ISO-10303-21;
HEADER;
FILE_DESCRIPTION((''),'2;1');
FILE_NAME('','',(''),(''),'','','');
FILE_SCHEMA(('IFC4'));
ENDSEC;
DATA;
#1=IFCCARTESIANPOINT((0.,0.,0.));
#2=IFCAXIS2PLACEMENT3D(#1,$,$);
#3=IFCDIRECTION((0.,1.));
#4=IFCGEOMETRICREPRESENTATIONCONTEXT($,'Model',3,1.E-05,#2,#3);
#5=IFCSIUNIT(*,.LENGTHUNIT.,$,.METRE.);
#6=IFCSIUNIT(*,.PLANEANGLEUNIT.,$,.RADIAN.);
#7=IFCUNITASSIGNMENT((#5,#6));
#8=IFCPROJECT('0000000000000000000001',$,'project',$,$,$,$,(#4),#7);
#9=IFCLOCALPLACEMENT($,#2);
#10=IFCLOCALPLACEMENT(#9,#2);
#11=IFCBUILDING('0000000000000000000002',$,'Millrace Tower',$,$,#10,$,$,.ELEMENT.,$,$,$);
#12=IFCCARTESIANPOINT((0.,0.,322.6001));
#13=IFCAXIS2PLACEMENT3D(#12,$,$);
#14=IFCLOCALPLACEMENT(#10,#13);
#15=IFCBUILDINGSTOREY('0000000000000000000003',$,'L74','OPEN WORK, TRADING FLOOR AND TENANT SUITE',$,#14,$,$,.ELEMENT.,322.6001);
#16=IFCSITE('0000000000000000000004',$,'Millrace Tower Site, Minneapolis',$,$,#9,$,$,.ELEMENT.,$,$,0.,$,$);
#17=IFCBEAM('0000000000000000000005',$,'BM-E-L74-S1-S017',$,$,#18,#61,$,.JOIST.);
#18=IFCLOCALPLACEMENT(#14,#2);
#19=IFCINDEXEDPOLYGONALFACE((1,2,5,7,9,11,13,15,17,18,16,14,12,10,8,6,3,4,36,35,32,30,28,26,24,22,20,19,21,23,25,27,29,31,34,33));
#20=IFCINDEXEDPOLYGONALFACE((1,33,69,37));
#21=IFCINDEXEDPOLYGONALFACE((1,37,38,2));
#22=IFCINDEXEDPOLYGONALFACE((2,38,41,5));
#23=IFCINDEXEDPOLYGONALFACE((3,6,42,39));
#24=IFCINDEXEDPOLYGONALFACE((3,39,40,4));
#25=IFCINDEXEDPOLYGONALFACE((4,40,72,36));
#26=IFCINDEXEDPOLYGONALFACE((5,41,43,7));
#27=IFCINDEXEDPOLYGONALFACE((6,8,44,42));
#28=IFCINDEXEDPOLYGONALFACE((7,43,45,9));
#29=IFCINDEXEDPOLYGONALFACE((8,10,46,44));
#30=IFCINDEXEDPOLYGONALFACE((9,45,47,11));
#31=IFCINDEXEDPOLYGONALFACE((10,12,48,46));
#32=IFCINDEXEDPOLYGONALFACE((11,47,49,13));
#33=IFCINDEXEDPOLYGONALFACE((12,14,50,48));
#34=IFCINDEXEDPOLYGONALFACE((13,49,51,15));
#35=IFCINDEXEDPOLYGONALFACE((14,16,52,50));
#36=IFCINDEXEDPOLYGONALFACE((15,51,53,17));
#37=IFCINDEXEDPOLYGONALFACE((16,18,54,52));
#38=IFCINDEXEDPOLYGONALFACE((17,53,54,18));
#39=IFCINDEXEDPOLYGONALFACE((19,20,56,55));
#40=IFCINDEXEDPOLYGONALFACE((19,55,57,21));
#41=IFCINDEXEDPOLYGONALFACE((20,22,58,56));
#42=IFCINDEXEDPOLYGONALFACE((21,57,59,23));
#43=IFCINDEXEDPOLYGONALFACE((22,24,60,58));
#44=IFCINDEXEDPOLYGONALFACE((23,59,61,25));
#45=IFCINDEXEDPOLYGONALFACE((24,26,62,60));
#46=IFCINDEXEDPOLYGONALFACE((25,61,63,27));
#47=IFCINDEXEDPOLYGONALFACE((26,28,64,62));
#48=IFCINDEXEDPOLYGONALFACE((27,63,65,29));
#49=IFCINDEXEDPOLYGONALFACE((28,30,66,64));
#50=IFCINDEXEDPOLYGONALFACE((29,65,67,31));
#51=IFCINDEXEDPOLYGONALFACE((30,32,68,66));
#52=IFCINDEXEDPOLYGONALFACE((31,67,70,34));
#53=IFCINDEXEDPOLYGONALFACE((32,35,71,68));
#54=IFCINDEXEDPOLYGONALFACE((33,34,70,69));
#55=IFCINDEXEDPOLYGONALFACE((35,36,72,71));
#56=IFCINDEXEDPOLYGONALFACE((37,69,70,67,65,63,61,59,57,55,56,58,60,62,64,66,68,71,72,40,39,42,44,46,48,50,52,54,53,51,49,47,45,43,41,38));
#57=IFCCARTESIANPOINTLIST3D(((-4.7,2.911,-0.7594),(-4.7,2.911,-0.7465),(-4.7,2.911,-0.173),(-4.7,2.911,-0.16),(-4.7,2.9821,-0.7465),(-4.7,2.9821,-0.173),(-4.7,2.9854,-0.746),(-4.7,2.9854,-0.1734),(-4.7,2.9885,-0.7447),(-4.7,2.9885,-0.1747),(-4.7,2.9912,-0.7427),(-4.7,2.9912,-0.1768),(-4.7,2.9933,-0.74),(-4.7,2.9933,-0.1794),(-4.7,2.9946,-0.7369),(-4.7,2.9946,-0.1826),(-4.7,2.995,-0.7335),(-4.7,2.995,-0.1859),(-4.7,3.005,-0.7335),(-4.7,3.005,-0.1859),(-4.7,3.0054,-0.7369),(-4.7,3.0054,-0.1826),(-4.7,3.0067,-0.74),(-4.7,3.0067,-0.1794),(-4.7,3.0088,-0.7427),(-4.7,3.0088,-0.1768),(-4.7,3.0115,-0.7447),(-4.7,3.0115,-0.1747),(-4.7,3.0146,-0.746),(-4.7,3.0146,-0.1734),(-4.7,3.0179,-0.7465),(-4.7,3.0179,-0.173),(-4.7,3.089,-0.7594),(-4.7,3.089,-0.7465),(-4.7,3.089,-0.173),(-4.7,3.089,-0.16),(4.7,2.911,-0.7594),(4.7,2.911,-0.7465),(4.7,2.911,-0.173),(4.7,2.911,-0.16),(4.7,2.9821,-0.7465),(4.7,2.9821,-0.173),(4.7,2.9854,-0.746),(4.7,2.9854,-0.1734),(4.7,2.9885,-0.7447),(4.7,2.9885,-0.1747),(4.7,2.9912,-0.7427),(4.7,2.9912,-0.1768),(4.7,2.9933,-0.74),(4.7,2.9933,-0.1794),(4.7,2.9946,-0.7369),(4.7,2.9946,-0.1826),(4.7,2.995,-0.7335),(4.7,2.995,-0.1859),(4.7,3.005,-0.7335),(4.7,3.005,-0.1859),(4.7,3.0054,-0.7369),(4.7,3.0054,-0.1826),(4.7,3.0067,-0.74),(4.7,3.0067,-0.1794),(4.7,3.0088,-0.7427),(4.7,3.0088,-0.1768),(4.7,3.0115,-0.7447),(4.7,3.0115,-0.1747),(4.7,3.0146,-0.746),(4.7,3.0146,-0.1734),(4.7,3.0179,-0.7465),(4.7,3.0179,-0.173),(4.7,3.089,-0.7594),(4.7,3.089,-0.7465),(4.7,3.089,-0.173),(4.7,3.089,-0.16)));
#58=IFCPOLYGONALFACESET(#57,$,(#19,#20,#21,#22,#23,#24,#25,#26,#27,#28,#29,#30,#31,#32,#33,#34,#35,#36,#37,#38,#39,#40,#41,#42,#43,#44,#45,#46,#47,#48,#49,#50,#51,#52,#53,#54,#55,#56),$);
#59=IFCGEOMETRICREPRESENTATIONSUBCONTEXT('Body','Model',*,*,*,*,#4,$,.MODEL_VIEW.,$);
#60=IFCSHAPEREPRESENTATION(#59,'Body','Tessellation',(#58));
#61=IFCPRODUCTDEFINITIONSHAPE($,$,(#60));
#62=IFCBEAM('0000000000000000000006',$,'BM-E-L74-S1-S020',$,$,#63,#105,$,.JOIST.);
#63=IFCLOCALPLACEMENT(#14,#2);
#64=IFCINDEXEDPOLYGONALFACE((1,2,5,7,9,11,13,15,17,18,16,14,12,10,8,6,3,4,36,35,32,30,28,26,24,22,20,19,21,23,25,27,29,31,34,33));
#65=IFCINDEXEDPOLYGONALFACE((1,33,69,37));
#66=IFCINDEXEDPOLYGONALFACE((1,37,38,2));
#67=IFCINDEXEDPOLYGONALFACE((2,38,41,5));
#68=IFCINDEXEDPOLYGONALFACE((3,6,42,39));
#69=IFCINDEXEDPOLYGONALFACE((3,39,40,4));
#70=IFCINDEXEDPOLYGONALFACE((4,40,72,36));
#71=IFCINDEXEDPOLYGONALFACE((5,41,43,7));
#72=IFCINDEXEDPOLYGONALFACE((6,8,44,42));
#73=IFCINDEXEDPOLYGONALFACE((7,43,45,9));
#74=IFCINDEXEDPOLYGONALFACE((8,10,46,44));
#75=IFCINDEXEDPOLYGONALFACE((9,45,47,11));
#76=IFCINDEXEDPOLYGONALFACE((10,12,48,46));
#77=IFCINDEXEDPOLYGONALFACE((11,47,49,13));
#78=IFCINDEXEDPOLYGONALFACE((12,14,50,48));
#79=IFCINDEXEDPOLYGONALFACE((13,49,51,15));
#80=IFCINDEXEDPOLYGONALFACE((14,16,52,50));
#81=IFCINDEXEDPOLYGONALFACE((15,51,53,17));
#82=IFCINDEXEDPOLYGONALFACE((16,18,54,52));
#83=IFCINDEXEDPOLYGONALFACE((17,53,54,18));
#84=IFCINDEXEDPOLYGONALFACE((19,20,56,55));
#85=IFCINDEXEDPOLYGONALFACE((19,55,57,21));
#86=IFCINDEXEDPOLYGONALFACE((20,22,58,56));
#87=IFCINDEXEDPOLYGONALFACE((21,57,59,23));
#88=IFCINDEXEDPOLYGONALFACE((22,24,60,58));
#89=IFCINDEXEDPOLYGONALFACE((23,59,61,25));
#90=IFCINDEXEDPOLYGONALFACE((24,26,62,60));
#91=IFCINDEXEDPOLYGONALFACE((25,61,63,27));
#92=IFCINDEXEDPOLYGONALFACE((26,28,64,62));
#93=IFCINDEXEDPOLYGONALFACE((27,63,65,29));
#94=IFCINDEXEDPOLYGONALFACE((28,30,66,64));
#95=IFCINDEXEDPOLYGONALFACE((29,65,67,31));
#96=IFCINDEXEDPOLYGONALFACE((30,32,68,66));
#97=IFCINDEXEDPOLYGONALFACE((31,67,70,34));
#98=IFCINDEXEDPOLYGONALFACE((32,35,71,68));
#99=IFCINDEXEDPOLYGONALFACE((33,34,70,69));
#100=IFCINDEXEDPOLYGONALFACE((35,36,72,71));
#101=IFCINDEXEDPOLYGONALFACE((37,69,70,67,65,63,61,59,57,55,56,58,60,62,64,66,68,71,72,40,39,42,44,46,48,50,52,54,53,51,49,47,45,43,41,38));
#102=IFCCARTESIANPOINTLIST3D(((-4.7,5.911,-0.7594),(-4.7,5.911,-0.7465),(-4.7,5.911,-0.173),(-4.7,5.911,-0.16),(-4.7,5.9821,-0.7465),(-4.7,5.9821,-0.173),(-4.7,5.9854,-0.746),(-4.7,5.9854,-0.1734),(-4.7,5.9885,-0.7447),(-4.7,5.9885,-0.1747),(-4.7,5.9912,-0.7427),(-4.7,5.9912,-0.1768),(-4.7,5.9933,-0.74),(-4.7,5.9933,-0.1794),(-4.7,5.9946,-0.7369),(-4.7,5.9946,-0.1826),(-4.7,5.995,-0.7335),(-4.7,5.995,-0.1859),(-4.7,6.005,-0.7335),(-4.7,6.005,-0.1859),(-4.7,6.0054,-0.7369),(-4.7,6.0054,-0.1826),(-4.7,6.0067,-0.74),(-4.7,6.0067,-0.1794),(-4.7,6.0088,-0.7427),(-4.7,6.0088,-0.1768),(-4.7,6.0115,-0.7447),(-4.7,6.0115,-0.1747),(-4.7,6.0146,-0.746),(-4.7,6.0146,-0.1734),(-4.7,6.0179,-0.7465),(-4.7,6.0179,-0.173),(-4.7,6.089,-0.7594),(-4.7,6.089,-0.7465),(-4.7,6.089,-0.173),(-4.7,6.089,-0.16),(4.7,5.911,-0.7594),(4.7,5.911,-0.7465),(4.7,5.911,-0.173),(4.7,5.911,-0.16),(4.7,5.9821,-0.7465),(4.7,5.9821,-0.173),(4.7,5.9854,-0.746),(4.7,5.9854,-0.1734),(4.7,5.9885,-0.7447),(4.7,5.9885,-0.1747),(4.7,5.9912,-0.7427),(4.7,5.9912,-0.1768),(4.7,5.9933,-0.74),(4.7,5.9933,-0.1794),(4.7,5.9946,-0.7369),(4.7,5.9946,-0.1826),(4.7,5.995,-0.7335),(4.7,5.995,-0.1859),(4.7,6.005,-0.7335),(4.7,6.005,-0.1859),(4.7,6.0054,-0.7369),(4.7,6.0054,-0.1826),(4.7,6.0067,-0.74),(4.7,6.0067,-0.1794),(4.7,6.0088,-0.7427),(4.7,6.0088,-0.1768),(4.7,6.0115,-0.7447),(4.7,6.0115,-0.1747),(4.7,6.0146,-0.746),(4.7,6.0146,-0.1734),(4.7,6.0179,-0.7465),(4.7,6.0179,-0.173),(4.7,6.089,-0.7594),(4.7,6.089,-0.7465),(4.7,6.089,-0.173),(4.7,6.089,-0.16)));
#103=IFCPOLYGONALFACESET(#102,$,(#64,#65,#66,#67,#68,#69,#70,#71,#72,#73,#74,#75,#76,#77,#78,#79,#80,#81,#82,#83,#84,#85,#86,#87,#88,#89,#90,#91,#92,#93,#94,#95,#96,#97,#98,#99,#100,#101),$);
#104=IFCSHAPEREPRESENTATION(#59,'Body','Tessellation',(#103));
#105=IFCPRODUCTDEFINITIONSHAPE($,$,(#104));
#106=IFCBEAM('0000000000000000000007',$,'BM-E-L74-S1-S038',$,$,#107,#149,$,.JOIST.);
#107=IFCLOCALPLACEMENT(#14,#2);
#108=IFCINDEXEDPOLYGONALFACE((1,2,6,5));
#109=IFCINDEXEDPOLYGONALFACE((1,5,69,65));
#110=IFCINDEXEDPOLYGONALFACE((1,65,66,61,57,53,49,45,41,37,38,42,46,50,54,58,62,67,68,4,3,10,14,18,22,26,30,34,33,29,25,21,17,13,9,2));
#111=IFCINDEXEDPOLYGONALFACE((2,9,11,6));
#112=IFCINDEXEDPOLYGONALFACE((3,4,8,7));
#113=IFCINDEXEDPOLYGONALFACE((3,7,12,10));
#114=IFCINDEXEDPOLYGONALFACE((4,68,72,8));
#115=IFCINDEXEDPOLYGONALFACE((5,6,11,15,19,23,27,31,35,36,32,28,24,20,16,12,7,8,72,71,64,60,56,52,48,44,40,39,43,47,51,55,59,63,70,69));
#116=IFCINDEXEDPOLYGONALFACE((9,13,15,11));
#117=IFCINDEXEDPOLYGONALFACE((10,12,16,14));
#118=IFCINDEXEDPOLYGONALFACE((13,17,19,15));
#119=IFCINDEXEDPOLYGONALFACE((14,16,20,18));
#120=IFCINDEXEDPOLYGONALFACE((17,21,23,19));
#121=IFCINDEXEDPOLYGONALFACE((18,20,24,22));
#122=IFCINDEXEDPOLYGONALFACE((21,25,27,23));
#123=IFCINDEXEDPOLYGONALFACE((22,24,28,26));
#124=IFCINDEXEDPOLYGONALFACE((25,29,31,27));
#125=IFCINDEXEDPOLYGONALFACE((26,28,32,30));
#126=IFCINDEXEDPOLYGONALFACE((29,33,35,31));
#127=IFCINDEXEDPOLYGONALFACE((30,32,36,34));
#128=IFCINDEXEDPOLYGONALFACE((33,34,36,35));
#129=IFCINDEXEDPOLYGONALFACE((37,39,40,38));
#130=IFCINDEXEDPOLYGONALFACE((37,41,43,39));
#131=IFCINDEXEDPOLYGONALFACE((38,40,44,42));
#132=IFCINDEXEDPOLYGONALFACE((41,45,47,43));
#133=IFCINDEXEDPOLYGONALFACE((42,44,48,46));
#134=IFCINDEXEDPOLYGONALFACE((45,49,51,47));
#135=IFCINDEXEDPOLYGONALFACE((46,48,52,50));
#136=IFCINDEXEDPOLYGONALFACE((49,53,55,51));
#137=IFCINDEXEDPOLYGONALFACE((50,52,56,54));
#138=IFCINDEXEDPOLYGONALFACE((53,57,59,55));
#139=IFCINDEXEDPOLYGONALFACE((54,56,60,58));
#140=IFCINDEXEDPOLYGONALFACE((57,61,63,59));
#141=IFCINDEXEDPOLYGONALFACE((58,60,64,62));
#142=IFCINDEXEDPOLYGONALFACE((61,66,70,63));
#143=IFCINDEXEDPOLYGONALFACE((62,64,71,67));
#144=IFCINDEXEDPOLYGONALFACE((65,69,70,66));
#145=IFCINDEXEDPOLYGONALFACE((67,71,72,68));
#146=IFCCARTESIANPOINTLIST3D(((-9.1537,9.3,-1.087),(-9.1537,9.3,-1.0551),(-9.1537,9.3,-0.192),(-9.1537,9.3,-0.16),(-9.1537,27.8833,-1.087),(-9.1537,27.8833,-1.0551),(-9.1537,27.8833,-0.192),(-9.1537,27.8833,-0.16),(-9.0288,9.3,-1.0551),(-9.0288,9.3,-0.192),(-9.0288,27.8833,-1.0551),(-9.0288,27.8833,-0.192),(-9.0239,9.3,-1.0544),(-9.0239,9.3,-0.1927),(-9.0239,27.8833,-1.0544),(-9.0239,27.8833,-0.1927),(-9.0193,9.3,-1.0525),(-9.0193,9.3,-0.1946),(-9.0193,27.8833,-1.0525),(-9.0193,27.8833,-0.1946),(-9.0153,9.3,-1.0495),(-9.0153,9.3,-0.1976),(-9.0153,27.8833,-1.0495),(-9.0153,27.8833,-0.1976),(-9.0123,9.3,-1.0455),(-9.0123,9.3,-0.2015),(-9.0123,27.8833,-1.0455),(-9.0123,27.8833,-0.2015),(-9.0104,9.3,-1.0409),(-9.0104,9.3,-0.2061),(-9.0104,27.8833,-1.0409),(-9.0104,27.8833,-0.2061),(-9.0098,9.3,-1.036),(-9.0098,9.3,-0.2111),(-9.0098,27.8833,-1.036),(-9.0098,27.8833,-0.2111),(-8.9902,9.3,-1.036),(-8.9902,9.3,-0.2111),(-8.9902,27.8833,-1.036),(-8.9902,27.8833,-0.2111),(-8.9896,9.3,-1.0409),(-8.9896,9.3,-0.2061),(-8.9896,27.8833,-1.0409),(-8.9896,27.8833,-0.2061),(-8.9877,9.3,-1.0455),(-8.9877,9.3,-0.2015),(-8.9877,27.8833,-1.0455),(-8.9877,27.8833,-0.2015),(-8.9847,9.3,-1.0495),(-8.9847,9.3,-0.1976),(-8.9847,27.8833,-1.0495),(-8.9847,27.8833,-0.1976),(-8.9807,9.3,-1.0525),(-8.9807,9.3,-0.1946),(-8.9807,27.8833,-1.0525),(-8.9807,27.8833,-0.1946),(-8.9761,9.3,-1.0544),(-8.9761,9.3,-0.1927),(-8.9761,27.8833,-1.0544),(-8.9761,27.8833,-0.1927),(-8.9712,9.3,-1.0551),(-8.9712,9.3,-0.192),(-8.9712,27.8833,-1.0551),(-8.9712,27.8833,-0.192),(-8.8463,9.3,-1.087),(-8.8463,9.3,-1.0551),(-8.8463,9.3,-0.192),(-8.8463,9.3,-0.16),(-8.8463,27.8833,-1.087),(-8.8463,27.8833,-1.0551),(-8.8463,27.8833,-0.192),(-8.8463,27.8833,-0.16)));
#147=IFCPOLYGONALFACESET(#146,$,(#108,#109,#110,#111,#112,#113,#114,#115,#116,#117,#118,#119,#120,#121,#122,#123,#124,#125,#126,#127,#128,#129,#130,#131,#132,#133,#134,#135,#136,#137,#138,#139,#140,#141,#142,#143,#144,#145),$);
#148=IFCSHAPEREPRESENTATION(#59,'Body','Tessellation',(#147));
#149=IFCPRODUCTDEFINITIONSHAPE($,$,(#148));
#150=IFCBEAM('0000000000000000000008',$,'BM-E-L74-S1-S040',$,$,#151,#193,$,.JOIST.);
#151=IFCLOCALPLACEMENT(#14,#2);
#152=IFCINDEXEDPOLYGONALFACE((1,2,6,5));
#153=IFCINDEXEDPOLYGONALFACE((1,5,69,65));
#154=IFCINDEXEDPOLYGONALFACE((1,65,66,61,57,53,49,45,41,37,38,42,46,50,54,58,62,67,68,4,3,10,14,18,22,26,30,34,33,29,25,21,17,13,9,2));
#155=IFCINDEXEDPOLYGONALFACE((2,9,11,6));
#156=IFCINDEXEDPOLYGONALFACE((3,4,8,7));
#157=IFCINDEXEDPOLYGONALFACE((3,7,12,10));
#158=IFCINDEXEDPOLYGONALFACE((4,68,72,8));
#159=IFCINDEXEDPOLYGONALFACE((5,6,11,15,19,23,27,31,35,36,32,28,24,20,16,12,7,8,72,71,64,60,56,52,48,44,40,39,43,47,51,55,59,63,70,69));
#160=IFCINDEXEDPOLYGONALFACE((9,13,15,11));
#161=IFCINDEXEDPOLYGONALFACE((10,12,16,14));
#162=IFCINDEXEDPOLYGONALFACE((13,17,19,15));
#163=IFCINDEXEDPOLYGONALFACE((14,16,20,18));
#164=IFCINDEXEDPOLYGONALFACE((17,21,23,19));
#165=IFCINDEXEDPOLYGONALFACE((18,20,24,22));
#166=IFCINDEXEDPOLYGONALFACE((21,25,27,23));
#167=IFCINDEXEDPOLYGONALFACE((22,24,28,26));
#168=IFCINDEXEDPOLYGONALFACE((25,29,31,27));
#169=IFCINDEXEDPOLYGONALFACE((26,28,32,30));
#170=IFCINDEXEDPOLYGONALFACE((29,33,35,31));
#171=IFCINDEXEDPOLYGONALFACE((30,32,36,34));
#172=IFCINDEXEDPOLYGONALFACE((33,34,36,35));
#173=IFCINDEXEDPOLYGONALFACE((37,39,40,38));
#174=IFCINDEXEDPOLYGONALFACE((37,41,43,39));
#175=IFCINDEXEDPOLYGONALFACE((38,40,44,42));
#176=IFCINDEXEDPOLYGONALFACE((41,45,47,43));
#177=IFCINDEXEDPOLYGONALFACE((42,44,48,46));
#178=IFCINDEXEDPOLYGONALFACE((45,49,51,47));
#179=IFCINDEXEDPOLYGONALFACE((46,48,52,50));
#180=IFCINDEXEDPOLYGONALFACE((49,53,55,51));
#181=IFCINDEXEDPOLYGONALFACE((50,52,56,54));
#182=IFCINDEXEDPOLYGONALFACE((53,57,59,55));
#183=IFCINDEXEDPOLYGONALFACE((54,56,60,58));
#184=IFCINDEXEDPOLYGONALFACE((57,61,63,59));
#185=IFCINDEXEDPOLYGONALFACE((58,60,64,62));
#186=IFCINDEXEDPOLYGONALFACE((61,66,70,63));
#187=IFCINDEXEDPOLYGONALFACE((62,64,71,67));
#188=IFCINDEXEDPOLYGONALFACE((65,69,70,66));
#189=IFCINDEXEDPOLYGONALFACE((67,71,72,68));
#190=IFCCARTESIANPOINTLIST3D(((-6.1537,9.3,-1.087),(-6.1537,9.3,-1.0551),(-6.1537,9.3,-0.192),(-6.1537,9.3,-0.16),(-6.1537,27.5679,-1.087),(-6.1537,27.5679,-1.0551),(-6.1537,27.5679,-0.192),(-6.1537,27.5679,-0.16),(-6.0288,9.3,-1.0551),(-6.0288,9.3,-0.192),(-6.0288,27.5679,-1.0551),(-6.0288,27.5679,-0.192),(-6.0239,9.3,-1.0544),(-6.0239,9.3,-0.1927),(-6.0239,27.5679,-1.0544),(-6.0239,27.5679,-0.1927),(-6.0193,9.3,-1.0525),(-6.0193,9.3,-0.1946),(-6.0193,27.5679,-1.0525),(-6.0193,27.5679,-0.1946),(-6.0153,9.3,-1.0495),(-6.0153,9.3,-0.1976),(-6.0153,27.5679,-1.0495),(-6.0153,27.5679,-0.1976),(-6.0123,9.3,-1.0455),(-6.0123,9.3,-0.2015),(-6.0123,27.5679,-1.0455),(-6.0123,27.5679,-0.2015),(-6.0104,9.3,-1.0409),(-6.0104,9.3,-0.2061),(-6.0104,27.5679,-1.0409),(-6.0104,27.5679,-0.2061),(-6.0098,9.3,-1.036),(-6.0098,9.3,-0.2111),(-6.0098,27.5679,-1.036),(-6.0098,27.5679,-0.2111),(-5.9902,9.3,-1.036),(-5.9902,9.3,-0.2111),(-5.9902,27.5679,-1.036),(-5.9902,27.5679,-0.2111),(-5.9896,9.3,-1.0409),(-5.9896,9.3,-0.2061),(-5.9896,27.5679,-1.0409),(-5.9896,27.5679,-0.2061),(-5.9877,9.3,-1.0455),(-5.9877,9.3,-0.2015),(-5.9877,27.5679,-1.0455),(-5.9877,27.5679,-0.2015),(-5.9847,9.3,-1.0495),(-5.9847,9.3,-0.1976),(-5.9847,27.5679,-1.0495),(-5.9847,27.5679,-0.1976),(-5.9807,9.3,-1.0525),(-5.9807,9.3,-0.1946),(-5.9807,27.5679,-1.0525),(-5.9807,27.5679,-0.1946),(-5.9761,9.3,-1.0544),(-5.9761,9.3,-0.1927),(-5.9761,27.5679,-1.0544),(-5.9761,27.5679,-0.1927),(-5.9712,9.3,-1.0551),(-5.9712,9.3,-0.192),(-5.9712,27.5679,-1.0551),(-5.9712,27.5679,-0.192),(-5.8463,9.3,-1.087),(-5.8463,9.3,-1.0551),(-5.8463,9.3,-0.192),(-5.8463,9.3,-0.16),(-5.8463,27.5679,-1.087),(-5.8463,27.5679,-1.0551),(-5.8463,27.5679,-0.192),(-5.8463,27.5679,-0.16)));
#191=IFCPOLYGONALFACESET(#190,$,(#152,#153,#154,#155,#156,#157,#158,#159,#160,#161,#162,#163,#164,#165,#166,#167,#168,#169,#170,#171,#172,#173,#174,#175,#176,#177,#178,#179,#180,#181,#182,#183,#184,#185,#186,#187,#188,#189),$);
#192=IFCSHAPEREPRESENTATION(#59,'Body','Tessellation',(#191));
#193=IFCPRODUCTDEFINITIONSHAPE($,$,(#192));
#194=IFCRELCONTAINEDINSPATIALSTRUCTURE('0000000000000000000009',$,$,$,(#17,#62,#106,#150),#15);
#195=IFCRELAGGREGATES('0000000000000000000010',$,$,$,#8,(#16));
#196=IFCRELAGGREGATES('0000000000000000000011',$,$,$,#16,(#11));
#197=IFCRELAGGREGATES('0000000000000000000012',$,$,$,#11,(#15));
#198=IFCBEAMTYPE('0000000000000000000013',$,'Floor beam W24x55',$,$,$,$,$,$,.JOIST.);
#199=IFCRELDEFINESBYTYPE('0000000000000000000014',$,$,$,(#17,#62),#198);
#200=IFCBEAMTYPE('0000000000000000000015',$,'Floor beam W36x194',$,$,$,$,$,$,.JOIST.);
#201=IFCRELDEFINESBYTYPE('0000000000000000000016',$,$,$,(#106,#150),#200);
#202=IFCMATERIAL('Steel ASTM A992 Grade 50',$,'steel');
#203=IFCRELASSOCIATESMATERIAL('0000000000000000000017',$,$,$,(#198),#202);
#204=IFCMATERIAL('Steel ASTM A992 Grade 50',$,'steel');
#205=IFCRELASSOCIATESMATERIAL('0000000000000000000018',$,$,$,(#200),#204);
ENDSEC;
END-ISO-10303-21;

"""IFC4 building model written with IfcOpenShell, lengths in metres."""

from ifc_helpers import new_model, si_unit, direction, frame, origin, origin_2d, place, context, subcontext, project, spatial, i_section, extrude, material, material_profile, profile_set, type_object, element, save


model = new_model("IFC4")

# Units and contexts
model_context = context("Model", 3, precision=1e-05, world=origin(), true_north=direction((0.0, 1.0)))
body_context = subcontext(model_context, "Body", "Model", "MODEL_VIEW")
ifc_project = project(units=[si_unit("LENGTHUNIT", "METRE"), si_unit("PLANEANGLEUNIT", "RADIAN")], contexts=[model_context])

# Site, building, storey
site_placement = place(None, origin())
site = spatial("IfcSite", under=ifc_project, at=site_placement, Name="Millrace Tower Site, Minneapolis", CompositionType="ELEMENT", RefElevation=0.0)
building_placement = place(site_placement, origin())
building = spatial("IfcBuilding", under=site, at=building_placement, Name="Millrace Tower", CompositionType="ELEMENT")
storey_placement = place(building_placement, frame((0.0, 0.0, 322.6001)))
storey = spatial("IfcBuildingStorey", under=building, at=storey_placement, Name="L74", Description="OPEN WORK, TRADING FLOOR AND TENANT SUITE", CompositionType="ELEMENT", Elevation=322.6001)

# Beams
ifc_material_1 = material(Name="Steel ASTM A992 Grade 50", Category="steel")
ifc_material_profile_1 = material_profile(ifc_material_1, i_section(OverallWidth=0.178, OverallDepth=0.5994, WebThickness=0.01, FlangeThickness=0.0129, FilletRadius=0.0129, at=origin_2d()))
ifc_profile_set_1 = profile_set([ifc_material_profile_1], Name="Steel ASTM A992 Grade 50")
beam_type_1 = type_object("IfcBeamType", Name="Floor beam W24x55", PredefinedType="JOIST", material=ifc_profile_set_1)
for number, where, z_axis, x_axis, name in (
    (1, (-4.7, 3.0, -0.4597), (1.0, 0.0, 0.0), (0.0, 1.0, 0.0), "BM-E-L74-S1-S017"),
    (2, (-4.7, 6.0, -0.4597), (1.0, 0.0, 0.0), (0.0, 1.0, 0.0), "BM-E-L74-S1-S020"),
):
    element("IfcBeam", number, at=place(storey_placement, frame(where, z_axis=z_axis, x_axis=x_axis)), inside=storey, type_object=beam_type_1, Name=name, PredefinedType="JOIST", context=body_context, shape_type="SweptSolid", body=[
        extrude(i_section(OverallWidth=0.178, OverallDepth=0.5994, WebThickness=0.01, FlangeThickness=0.0129, FilletRadius=0.0129, at=origin_2d()), origin(), (0.0, 0.0, 1.0), 9.3999),
    ])
ifc_material_2 = material(Name="Steel ASTM A992 Grade 50", Category="steel")
ifc_material_profile_2 = material_profile(ifc_material_2, i_section(OverallWidth=0.3074, OverallDepth=0.927, WebThickness=0.0195, FlangeThickness=0.032, FilletRadius=0.019, at=origin_2d()))
ifc_profile_set_2 = profile_set([ifc_material_profile_2], Name="Steel ASTM A992 Grade 50")
beam_type_2 = type_object("IfcBeamType", Name="Floor beam W36x194", PredefinedType="JOIST", material=ifc_profile_set_2)
beam_1_placement = place(storey_placement, frame((-9.0, 9.3, -0.6235), z_axis=(0.0, 1.0, 0.0), x_axis=(-1.0, 0.0, 0.0)))
element("IfcBeam", 3, at=beam_1_placement, inside=storey, type_object=beam_type_2, Name="BM-E-L74-S1-S038", PredefinedType="JOIST", context=body_context, shape_type="SweptSolid", body=[
    extrude(i_section(OverallWidth=0.3074, OverallDepth=0.927, WebThickness=0.0195, FlangeThickness=0.032, FilletRadius=0.019, at=origin_2d()), origin(), (0.0, 0.0, 1.0), 18.5833),
])
beam_2_placement = place(storey_placement, frame((-6.0, 9.3, -0.6235), z_axis=(0.0, 1.0, 0.0), x_axis=(-1.0, 0.0, 0.0)))
element("IfcBeam", 4, at=beam_2_placement, inside=storey, type_object=beam_type_2, Name="BM-E-L74-S1-S040", PredefinedType="JOIST", context=body_context, shape_type="SweptSolid", body=[
    extrude(i_section(OverallWidth=0.3074, OverallDepth=0.927, WebThickness=0.0195, FlangeThickness=0.032, FilletRadius=0.019, at=origin_2d()), origin(), (0.0, 0.0, 1.0), 18.2678),
])

save(model, "model.ifc")
